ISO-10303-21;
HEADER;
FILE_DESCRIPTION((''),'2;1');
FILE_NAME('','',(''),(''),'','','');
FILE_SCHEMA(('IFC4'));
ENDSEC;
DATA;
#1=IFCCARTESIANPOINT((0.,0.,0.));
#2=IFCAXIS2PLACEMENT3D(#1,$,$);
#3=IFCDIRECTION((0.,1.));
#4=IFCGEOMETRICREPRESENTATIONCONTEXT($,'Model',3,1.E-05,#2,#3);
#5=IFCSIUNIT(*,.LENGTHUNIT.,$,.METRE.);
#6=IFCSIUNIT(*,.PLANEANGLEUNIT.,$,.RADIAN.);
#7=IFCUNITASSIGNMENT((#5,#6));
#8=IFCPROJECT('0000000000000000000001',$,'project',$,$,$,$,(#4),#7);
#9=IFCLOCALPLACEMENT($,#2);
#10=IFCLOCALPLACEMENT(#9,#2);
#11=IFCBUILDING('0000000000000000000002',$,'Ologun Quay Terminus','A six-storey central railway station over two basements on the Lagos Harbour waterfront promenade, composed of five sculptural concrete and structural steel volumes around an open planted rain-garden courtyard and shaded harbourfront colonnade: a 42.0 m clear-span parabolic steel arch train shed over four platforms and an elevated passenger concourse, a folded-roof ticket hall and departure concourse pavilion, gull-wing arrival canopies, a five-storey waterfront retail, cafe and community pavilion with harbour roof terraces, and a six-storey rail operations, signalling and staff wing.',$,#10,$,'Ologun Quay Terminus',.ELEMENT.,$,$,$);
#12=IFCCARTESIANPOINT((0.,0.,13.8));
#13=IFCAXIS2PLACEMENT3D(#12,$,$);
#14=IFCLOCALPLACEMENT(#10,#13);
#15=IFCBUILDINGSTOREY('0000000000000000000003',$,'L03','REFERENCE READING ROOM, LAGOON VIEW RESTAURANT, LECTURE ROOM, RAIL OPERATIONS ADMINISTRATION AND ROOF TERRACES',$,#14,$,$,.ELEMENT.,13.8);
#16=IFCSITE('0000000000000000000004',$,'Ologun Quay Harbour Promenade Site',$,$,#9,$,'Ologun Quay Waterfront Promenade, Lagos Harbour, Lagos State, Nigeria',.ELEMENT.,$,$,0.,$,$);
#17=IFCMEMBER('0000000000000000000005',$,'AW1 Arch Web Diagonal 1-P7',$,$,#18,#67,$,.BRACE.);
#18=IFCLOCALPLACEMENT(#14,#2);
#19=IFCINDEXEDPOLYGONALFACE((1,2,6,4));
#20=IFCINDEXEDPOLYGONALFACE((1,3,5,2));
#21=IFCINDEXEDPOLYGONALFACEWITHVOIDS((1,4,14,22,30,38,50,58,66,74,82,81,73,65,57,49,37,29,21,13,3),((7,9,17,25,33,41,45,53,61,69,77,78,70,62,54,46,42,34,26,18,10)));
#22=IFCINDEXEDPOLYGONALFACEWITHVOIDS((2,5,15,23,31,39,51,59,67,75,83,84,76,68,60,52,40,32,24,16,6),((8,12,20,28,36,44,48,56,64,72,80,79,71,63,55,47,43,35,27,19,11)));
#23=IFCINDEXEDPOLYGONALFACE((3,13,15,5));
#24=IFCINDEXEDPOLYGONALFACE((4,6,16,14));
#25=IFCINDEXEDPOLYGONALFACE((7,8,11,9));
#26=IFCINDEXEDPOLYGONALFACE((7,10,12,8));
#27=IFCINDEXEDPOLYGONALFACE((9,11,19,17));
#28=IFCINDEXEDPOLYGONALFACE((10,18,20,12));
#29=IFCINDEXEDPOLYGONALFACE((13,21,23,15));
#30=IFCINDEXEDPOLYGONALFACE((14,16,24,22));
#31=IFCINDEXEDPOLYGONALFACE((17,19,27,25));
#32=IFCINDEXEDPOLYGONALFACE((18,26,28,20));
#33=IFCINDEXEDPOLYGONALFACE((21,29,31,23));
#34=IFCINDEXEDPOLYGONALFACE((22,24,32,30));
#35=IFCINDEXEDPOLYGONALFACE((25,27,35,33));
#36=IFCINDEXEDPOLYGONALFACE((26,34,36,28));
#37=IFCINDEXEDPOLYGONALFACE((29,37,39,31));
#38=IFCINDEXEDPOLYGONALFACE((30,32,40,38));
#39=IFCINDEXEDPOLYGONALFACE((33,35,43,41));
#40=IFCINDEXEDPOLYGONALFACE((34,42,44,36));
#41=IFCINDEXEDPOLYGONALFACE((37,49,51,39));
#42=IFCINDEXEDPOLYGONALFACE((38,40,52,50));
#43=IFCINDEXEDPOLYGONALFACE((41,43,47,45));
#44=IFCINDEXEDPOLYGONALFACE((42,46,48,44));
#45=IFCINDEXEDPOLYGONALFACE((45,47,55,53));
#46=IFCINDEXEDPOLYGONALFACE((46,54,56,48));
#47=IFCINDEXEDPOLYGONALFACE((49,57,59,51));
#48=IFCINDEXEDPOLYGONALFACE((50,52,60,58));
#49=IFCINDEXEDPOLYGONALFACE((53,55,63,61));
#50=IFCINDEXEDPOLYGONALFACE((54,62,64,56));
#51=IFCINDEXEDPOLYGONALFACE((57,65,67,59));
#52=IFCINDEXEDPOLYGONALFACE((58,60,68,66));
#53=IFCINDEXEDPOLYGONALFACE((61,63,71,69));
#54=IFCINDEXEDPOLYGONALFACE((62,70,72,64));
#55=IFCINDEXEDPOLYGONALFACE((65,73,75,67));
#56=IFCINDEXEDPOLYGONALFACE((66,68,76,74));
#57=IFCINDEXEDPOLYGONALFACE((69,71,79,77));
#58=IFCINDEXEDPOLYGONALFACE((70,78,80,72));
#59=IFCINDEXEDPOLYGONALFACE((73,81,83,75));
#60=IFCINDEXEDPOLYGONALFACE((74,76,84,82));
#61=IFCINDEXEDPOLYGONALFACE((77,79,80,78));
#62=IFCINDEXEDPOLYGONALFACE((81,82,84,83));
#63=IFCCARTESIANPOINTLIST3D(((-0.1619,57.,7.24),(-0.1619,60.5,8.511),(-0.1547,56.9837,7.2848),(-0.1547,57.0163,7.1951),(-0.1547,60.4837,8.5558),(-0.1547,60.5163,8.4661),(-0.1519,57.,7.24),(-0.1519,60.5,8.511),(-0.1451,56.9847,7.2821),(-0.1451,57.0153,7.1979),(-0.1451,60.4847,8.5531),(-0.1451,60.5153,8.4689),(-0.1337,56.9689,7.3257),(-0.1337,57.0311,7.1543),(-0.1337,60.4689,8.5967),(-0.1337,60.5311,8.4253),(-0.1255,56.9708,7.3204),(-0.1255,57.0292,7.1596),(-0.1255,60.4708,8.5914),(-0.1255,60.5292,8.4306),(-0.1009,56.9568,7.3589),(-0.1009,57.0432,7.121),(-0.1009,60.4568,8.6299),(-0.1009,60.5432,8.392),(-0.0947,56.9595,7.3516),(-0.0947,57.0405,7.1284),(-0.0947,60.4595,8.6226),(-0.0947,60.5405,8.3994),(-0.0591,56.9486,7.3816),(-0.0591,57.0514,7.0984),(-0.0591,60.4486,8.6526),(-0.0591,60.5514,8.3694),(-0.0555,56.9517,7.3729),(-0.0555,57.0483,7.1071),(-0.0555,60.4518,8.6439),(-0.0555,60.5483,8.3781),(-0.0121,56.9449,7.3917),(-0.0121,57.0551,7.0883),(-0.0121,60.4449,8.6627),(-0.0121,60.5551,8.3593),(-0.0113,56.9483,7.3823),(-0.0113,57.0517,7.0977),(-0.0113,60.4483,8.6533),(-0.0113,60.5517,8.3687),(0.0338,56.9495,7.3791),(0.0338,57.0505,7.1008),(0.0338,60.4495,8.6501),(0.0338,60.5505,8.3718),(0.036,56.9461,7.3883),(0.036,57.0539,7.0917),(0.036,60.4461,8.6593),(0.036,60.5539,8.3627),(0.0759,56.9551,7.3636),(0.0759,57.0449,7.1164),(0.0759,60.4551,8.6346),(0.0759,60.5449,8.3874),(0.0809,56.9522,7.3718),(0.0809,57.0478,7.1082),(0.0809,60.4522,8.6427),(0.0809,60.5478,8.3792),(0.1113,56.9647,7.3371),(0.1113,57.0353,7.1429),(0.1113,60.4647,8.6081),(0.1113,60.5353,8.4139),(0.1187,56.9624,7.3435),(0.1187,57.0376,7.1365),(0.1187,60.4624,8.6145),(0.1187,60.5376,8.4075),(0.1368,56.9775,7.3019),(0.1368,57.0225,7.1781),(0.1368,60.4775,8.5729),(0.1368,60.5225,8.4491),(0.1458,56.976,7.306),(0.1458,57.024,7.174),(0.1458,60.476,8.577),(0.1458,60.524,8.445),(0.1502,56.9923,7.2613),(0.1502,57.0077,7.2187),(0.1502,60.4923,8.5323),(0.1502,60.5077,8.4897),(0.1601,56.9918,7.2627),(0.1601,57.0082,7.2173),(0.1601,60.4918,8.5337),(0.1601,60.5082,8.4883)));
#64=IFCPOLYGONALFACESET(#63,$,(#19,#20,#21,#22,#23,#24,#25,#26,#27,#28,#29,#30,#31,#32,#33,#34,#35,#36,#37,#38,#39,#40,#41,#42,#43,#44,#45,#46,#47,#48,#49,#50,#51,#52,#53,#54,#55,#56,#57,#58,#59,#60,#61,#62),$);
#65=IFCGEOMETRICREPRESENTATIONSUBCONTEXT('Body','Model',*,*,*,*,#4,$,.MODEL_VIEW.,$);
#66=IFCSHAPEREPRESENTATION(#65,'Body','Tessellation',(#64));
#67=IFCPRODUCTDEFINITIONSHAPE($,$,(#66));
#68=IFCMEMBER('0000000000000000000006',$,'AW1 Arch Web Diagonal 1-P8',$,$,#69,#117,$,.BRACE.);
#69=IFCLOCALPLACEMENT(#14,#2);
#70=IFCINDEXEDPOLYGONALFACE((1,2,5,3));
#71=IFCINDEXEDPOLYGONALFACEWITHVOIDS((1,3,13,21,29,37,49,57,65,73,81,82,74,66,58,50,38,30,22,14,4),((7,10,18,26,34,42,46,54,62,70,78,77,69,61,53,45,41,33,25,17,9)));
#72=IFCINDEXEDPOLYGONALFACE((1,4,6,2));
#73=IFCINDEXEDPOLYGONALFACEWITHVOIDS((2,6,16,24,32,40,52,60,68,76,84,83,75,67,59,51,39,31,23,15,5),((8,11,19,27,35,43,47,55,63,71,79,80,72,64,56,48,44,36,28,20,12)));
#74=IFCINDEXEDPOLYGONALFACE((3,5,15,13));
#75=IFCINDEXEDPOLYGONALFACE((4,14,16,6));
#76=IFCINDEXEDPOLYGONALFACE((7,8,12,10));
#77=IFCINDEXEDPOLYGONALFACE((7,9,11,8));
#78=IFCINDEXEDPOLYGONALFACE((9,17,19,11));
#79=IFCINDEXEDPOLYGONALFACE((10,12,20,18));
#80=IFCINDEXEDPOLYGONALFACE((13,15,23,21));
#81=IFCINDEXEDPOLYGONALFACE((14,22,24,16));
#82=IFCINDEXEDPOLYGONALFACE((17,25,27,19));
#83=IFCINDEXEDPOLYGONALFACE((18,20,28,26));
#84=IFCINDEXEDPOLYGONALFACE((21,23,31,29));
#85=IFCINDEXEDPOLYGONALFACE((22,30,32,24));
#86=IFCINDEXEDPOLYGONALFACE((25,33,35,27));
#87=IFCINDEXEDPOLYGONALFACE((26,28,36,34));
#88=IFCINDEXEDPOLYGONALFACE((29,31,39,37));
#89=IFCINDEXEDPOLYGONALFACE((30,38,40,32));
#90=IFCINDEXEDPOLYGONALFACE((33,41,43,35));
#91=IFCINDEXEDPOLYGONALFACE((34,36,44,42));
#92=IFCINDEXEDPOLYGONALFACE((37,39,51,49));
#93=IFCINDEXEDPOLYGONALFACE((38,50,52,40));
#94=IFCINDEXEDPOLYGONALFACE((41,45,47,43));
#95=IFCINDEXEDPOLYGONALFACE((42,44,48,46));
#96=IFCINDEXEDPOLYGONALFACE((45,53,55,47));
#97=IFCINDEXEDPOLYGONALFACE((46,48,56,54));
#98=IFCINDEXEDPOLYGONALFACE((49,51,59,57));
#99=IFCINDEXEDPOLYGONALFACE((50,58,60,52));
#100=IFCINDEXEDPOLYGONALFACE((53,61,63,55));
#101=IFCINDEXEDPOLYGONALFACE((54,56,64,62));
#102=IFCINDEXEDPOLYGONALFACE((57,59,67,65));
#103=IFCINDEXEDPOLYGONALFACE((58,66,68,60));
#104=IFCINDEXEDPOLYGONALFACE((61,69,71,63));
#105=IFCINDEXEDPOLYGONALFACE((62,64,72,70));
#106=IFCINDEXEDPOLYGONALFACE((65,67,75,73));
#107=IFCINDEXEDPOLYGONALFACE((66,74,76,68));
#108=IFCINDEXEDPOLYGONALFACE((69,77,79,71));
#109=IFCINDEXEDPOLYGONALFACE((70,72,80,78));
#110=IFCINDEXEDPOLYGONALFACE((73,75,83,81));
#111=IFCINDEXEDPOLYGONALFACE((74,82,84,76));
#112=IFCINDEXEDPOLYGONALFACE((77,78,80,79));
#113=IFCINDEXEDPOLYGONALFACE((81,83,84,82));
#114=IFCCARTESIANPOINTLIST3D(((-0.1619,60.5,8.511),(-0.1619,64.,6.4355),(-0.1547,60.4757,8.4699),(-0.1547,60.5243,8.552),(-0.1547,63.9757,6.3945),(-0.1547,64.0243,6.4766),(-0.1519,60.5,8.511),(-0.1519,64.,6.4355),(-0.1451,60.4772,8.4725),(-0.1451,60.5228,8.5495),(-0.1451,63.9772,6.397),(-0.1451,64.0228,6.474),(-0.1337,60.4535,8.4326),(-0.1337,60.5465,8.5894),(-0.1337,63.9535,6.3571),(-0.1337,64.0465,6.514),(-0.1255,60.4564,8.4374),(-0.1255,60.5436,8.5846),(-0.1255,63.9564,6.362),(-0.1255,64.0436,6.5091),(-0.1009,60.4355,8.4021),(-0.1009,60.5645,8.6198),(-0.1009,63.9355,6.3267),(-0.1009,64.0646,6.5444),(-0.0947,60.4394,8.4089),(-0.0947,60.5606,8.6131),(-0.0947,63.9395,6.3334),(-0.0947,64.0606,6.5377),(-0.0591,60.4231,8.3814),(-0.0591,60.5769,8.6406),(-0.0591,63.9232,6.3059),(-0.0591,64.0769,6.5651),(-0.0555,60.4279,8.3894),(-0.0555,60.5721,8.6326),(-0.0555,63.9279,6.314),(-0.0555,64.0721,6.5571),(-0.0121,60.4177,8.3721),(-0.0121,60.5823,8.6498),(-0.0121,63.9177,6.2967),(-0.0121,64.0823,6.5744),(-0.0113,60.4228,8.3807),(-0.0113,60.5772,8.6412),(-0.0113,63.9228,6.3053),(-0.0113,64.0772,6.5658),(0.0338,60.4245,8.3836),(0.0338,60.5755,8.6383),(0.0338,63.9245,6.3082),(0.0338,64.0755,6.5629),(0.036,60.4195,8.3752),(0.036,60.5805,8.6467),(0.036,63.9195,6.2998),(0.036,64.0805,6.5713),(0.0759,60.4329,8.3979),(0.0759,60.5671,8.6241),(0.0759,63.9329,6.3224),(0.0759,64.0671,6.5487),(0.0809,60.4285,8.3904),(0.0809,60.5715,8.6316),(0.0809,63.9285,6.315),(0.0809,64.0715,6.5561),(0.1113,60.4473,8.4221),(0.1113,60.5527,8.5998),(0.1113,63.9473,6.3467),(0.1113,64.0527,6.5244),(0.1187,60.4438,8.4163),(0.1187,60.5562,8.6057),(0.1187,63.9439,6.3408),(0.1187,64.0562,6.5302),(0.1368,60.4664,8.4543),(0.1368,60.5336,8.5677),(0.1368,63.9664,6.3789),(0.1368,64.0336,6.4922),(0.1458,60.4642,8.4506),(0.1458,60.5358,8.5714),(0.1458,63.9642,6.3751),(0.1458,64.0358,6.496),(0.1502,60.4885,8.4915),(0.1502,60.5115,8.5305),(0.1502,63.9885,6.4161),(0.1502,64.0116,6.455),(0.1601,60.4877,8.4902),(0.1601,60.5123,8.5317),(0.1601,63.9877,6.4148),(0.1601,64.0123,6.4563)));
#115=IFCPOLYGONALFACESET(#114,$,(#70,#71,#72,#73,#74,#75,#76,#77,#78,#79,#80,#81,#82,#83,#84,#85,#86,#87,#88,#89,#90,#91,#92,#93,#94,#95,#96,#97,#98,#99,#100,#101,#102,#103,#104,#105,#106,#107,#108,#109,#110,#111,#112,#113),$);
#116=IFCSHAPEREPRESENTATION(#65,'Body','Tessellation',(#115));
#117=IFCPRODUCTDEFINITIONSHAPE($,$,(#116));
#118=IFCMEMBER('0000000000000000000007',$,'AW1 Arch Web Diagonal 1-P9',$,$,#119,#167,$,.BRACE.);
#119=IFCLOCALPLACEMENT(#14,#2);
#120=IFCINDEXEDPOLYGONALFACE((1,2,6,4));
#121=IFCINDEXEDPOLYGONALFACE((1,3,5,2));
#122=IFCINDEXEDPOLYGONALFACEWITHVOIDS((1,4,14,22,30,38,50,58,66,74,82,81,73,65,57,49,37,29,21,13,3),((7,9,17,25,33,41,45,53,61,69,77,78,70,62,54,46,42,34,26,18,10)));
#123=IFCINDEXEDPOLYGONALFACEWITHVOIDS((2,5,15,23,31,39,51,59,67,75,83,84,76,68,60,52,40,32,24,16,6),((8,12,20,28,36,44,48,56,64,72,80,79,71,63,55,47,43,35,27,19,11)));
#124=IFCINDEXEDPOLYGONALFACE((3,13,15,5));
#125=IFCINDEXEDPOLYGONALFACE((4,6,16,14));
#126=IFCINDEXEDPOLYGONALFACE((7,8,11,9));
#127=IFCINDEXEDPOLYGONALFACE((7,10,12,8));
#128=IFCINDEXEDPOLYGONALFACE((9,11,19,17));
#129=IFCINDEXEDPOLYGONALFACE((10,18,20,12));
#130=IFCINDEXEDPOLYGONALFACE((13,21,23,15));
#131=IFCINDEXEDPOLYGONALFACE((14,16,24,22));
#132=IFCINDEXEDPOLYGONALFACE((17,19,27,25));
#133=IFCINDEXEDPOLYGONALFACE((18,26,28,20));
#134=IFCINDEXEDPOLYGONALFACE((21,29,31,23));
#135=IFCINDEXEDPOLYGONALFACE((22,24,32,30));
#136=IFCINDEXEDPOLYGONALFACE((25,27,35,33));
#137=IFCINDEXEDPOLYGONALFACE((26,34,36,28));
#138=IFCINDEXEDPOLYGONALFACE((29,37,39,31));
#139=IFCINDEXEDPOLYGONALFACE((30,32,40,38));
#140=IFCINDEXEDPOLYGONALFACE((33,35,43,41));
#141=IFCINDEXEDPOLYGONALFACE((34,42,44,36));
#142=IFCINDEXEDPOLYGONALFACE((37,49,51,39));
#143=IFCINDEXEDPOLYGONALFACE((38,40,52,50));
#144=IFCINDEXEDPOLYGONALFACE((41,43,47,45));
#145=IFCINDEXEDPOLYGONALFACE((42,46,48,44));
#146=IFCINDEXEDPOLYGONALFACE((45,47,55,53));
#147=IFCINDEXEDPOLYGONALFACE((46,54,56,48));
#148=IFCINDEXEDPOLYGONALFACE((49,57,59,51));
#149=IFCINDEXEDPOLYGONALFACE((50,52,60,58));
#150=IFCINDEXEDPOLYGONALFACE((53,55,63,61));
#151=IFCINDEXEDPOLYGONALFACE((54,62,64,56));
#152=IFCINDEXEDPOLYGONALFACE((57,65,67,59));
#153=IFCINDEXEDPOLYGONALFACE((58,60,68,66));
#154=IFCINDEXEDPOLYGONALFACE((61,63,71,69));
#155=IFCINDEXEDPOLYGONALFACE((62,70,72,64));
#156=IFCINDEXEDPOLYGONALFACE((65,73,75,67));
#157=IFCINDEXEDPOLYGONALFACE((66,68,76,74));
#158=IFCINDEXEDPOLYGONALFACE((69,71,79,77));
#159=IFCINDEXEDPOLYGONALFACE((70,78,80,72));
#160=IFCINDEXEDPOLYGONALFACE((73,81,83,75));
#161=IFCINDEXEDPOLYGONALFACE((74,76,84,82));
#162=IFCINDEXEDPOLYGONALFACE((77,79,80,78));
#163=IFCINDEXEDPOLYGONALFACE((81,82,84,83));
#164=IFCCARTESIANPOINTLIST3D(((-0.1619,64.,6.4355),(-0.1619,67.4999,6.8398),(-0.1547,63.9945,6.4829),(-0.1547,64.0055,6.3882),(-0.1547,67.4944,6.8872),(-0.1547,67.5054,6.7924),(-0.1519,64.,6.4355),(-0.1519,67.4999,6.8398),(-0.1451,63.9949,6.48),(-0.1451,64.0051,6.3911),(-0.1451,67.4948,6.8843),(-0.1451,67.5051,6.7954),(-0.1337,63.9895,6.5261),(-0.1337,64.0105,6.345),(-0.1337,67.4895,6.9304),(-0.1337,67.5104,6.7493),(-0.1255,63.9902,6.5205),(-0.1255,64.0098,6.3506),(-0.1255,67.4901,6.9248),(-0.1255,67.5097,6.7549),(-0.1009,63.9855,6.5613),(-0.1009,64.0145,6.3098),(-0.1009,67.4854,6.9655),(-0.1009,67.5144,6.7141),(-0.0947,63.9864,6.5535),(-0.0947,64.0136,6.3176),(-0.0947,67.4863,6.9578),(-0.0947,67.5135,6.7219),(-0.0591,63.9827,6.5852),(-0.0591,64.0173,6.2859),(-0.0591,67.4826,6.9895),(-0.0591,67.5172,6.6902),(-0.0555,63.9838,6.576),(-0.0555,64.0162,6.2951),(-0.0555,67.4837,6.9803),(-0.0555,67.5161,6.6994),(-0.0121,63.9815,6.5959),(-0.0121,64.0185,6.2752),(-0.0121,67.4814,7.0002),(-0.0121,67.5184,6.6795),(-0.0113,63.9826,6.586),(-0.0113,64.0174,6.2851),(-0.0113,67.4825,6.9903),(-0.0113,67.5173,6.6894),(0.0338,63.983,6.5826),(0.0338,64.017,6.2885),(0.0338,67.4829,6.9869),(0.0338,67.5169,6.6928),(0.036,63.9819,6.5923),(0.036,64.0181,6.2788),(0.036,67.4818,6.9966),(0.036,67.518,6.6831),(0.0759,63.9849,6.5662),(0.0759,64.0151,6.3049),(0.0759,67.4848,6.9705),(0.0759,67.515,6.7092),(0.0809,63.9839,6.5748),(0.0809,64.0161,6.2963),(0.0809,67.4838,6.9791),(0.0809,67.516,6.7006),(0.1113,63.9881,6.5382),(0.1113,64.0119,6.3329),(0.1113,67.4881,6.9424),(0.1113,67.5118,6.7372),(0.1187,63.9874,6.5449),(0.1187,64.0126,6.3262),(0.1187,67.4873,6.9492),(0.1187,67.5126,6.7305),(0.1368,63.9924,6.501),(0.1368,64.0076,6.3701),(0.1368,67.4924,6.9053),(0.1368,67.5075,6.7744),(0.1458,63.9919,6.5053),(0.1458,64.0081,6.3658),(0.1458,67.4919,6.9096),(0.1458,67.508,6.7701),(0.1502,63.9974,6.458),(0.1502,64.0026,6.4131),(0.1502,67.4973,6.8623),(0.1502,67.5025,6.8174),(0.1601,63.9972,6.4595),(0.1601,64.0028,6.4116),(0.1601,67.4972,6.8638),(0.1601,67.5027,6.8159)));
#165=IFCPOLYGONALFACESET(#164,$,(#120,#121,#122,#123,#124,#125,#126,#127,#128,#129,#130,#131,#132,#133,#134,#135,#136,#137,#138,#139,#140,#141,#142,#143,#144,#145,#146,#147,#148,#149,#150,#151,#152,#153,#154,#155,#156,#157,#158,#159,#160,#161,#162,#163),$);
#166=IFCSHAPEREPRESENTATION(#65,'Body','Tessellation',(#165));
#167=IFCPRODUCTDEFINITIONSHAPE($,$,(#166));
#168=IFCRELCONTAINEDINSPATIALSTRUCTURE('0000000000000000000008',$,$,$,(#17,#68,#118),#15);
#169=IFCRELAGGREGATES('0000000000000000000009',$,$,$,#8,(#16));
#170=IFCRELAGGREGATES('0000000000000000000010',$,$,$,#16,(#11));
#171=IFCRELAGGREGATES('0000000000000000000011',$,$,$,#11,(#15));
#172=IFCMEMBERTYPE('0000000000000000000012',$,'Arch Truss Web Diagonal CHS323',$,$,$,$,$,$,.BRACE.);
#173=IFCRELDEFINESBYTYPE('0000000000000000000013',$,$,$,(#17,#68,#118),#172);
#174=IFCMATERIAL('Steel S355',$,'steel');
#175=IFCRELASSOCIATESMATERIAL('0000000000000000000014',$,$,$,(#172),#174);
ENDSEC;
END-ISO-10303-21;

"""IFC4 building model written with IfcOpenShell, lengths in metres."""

from ifc_helpers import new_model, si_unit, direction, frame, origin, origin_2d, place, context, subcontext, project, spatial, hollow_circle, extrude, material, material_profile, profile_set, type_object, element, save


model = new_model("IFC4")

# Units and contexts
model_context = context("Model", 3, precision=1e-05, world=origin(), true_north=direction((0.0, 1.0)))
body_context = subcontext(model_context, "Body", "Model", "MODEL_VIEW")
ifc_project = project(units=[si_unit("LENGTHUNIT", "METRE"), si_unit("PLANEANGLEUNIT", "RADIAN")], contexts=[model_context])

# Site, building, storey
site_placement = place(None, origin())
site = spatial("IfcSite", under=ifc_project, at=site_placement, Name="Ologun Quay Harbour Promenade Site", LongName="Ologun Quay Waterfront Promenade, Lagos Harbour, Lagos State, Nigeria", CompositionType="ELEMENT", RefElevation=0.0)
building_placement = place(site_placement, origin())
building = spatial("IfcBuilding", under=site, at=building_placement, Name="Ologun Quay Terminus", Description="A six-storey central railway station over two basements on the Lagos Harbour waterfront promenade, composed of five sculptural concrete and structural steel volumes around an open planted rain-garden courtyard and shaded harbourfront colonnade: a 42.0 m clear-span parabolic steel arch train shed over four platforms and an elevated passenger concourse, a folded-roof ticket hall and departure concourse pavilion, gull-wing arrival canopies, a five-storey waterfront retail, cafe and community pavilion with harbour roof terraces, and a six-storey rail operations, signalling and staff wing.", LongName="Ologun Quay Terminus", CompositionType="ELEMENT")
storey_placement = place(building_placement, frame((0.0, 0.0, 13.8)))
storey = spatial("IfcBuildingStorey", under=building, at=storey_placement, Name="L03", Description="REFERENCE READING ROOM, LAGOON VIEW RESTAURANT, LECTURE ROOM, RAIL OPERATIONS ADMINISTRATION AND ROOF TERRACES", CompositionType="ELEMENT", Elevation=13.8)

# Members
ifc_material_1 = material(Name="Steel S355", Category="steel")
ifc_material_profile_1 = material_profile(ifc_material_1, hollow_circle(Radius=0.1619, WallThickness=0.01, at=origin_2d()), Name="CHS 323.9x10")
ifc_profile_set_1 = profile_set([ifc_material_profile_1], Name="Steel S355")
member_type_1 = type_object("IfcMemberType", Name="Arch Truss Web Diagonal CHS323", PredefinedType="BRACE", material=ifc_profile_set_1)
member_1_placement = place(storey_placement, frame((0.0, 57.0, 7.24), z_axis=(0.0, 0.939943, 0.341332), x_axis=(-1.0, 0.0, 0.0)))
element("IfcMember", 1, at=member_1_placement, inside=storey, type_object=member_type_1, Name="AW1 Arch Web Diagonal 1-P7", PredefinedType="BRACE", context=body_context, shape_type="SweptSolid", body=[
    extrude(hollow_circle(Radius=0.1619, WallThickness=0.01, at=origin_2d()), origin(), (0.0, 0.0, 1.0), 3.7236),
])
member_2_placement = place(storey_placement, frame((0.0, 60.5, 8.511), z_axis=(0.0, 0.860144, -0.510051), x_axis=(-1.0, 0.0, 0.0)))
element("IfcMember", 2, at=member_2_placement, inside=storey, type_object=member_type_1, Name="AW1 Arch Web Diagonal 1-P8", PredefinedType="BRACE", context=body_context, shape_type="SweptSolid", body=[
    extrude(hollow_circle(Radius=0.1619, WallThickness=0.01, at=origin_2d()), origin(), (0.0, 0.0, 1.0), 4.0691),
])
member_3_placement = place(storey_placement, frame((0.0, 64.0, 6.4355), z_axis=(0.0, 0.993394, 0.11475), x_axis=(-1.0, 0.0, 0.0)))
element("IfcMember", 3, at=member_3_placement, inside=storey, type_object=member_type_1, Name="AW1 Arch Web Diagonal 1-P9", PredefinedType="BRACE", context=body_context, shape_type="SweptSolid", body=[
    extrude(hollow_circle(Radius=0.1619, WallThickness=0.01, at=origin_2d()), origin(), (0.0, 0.0, 1.0), 3.5232),
])

save(model, "model.ifc")
